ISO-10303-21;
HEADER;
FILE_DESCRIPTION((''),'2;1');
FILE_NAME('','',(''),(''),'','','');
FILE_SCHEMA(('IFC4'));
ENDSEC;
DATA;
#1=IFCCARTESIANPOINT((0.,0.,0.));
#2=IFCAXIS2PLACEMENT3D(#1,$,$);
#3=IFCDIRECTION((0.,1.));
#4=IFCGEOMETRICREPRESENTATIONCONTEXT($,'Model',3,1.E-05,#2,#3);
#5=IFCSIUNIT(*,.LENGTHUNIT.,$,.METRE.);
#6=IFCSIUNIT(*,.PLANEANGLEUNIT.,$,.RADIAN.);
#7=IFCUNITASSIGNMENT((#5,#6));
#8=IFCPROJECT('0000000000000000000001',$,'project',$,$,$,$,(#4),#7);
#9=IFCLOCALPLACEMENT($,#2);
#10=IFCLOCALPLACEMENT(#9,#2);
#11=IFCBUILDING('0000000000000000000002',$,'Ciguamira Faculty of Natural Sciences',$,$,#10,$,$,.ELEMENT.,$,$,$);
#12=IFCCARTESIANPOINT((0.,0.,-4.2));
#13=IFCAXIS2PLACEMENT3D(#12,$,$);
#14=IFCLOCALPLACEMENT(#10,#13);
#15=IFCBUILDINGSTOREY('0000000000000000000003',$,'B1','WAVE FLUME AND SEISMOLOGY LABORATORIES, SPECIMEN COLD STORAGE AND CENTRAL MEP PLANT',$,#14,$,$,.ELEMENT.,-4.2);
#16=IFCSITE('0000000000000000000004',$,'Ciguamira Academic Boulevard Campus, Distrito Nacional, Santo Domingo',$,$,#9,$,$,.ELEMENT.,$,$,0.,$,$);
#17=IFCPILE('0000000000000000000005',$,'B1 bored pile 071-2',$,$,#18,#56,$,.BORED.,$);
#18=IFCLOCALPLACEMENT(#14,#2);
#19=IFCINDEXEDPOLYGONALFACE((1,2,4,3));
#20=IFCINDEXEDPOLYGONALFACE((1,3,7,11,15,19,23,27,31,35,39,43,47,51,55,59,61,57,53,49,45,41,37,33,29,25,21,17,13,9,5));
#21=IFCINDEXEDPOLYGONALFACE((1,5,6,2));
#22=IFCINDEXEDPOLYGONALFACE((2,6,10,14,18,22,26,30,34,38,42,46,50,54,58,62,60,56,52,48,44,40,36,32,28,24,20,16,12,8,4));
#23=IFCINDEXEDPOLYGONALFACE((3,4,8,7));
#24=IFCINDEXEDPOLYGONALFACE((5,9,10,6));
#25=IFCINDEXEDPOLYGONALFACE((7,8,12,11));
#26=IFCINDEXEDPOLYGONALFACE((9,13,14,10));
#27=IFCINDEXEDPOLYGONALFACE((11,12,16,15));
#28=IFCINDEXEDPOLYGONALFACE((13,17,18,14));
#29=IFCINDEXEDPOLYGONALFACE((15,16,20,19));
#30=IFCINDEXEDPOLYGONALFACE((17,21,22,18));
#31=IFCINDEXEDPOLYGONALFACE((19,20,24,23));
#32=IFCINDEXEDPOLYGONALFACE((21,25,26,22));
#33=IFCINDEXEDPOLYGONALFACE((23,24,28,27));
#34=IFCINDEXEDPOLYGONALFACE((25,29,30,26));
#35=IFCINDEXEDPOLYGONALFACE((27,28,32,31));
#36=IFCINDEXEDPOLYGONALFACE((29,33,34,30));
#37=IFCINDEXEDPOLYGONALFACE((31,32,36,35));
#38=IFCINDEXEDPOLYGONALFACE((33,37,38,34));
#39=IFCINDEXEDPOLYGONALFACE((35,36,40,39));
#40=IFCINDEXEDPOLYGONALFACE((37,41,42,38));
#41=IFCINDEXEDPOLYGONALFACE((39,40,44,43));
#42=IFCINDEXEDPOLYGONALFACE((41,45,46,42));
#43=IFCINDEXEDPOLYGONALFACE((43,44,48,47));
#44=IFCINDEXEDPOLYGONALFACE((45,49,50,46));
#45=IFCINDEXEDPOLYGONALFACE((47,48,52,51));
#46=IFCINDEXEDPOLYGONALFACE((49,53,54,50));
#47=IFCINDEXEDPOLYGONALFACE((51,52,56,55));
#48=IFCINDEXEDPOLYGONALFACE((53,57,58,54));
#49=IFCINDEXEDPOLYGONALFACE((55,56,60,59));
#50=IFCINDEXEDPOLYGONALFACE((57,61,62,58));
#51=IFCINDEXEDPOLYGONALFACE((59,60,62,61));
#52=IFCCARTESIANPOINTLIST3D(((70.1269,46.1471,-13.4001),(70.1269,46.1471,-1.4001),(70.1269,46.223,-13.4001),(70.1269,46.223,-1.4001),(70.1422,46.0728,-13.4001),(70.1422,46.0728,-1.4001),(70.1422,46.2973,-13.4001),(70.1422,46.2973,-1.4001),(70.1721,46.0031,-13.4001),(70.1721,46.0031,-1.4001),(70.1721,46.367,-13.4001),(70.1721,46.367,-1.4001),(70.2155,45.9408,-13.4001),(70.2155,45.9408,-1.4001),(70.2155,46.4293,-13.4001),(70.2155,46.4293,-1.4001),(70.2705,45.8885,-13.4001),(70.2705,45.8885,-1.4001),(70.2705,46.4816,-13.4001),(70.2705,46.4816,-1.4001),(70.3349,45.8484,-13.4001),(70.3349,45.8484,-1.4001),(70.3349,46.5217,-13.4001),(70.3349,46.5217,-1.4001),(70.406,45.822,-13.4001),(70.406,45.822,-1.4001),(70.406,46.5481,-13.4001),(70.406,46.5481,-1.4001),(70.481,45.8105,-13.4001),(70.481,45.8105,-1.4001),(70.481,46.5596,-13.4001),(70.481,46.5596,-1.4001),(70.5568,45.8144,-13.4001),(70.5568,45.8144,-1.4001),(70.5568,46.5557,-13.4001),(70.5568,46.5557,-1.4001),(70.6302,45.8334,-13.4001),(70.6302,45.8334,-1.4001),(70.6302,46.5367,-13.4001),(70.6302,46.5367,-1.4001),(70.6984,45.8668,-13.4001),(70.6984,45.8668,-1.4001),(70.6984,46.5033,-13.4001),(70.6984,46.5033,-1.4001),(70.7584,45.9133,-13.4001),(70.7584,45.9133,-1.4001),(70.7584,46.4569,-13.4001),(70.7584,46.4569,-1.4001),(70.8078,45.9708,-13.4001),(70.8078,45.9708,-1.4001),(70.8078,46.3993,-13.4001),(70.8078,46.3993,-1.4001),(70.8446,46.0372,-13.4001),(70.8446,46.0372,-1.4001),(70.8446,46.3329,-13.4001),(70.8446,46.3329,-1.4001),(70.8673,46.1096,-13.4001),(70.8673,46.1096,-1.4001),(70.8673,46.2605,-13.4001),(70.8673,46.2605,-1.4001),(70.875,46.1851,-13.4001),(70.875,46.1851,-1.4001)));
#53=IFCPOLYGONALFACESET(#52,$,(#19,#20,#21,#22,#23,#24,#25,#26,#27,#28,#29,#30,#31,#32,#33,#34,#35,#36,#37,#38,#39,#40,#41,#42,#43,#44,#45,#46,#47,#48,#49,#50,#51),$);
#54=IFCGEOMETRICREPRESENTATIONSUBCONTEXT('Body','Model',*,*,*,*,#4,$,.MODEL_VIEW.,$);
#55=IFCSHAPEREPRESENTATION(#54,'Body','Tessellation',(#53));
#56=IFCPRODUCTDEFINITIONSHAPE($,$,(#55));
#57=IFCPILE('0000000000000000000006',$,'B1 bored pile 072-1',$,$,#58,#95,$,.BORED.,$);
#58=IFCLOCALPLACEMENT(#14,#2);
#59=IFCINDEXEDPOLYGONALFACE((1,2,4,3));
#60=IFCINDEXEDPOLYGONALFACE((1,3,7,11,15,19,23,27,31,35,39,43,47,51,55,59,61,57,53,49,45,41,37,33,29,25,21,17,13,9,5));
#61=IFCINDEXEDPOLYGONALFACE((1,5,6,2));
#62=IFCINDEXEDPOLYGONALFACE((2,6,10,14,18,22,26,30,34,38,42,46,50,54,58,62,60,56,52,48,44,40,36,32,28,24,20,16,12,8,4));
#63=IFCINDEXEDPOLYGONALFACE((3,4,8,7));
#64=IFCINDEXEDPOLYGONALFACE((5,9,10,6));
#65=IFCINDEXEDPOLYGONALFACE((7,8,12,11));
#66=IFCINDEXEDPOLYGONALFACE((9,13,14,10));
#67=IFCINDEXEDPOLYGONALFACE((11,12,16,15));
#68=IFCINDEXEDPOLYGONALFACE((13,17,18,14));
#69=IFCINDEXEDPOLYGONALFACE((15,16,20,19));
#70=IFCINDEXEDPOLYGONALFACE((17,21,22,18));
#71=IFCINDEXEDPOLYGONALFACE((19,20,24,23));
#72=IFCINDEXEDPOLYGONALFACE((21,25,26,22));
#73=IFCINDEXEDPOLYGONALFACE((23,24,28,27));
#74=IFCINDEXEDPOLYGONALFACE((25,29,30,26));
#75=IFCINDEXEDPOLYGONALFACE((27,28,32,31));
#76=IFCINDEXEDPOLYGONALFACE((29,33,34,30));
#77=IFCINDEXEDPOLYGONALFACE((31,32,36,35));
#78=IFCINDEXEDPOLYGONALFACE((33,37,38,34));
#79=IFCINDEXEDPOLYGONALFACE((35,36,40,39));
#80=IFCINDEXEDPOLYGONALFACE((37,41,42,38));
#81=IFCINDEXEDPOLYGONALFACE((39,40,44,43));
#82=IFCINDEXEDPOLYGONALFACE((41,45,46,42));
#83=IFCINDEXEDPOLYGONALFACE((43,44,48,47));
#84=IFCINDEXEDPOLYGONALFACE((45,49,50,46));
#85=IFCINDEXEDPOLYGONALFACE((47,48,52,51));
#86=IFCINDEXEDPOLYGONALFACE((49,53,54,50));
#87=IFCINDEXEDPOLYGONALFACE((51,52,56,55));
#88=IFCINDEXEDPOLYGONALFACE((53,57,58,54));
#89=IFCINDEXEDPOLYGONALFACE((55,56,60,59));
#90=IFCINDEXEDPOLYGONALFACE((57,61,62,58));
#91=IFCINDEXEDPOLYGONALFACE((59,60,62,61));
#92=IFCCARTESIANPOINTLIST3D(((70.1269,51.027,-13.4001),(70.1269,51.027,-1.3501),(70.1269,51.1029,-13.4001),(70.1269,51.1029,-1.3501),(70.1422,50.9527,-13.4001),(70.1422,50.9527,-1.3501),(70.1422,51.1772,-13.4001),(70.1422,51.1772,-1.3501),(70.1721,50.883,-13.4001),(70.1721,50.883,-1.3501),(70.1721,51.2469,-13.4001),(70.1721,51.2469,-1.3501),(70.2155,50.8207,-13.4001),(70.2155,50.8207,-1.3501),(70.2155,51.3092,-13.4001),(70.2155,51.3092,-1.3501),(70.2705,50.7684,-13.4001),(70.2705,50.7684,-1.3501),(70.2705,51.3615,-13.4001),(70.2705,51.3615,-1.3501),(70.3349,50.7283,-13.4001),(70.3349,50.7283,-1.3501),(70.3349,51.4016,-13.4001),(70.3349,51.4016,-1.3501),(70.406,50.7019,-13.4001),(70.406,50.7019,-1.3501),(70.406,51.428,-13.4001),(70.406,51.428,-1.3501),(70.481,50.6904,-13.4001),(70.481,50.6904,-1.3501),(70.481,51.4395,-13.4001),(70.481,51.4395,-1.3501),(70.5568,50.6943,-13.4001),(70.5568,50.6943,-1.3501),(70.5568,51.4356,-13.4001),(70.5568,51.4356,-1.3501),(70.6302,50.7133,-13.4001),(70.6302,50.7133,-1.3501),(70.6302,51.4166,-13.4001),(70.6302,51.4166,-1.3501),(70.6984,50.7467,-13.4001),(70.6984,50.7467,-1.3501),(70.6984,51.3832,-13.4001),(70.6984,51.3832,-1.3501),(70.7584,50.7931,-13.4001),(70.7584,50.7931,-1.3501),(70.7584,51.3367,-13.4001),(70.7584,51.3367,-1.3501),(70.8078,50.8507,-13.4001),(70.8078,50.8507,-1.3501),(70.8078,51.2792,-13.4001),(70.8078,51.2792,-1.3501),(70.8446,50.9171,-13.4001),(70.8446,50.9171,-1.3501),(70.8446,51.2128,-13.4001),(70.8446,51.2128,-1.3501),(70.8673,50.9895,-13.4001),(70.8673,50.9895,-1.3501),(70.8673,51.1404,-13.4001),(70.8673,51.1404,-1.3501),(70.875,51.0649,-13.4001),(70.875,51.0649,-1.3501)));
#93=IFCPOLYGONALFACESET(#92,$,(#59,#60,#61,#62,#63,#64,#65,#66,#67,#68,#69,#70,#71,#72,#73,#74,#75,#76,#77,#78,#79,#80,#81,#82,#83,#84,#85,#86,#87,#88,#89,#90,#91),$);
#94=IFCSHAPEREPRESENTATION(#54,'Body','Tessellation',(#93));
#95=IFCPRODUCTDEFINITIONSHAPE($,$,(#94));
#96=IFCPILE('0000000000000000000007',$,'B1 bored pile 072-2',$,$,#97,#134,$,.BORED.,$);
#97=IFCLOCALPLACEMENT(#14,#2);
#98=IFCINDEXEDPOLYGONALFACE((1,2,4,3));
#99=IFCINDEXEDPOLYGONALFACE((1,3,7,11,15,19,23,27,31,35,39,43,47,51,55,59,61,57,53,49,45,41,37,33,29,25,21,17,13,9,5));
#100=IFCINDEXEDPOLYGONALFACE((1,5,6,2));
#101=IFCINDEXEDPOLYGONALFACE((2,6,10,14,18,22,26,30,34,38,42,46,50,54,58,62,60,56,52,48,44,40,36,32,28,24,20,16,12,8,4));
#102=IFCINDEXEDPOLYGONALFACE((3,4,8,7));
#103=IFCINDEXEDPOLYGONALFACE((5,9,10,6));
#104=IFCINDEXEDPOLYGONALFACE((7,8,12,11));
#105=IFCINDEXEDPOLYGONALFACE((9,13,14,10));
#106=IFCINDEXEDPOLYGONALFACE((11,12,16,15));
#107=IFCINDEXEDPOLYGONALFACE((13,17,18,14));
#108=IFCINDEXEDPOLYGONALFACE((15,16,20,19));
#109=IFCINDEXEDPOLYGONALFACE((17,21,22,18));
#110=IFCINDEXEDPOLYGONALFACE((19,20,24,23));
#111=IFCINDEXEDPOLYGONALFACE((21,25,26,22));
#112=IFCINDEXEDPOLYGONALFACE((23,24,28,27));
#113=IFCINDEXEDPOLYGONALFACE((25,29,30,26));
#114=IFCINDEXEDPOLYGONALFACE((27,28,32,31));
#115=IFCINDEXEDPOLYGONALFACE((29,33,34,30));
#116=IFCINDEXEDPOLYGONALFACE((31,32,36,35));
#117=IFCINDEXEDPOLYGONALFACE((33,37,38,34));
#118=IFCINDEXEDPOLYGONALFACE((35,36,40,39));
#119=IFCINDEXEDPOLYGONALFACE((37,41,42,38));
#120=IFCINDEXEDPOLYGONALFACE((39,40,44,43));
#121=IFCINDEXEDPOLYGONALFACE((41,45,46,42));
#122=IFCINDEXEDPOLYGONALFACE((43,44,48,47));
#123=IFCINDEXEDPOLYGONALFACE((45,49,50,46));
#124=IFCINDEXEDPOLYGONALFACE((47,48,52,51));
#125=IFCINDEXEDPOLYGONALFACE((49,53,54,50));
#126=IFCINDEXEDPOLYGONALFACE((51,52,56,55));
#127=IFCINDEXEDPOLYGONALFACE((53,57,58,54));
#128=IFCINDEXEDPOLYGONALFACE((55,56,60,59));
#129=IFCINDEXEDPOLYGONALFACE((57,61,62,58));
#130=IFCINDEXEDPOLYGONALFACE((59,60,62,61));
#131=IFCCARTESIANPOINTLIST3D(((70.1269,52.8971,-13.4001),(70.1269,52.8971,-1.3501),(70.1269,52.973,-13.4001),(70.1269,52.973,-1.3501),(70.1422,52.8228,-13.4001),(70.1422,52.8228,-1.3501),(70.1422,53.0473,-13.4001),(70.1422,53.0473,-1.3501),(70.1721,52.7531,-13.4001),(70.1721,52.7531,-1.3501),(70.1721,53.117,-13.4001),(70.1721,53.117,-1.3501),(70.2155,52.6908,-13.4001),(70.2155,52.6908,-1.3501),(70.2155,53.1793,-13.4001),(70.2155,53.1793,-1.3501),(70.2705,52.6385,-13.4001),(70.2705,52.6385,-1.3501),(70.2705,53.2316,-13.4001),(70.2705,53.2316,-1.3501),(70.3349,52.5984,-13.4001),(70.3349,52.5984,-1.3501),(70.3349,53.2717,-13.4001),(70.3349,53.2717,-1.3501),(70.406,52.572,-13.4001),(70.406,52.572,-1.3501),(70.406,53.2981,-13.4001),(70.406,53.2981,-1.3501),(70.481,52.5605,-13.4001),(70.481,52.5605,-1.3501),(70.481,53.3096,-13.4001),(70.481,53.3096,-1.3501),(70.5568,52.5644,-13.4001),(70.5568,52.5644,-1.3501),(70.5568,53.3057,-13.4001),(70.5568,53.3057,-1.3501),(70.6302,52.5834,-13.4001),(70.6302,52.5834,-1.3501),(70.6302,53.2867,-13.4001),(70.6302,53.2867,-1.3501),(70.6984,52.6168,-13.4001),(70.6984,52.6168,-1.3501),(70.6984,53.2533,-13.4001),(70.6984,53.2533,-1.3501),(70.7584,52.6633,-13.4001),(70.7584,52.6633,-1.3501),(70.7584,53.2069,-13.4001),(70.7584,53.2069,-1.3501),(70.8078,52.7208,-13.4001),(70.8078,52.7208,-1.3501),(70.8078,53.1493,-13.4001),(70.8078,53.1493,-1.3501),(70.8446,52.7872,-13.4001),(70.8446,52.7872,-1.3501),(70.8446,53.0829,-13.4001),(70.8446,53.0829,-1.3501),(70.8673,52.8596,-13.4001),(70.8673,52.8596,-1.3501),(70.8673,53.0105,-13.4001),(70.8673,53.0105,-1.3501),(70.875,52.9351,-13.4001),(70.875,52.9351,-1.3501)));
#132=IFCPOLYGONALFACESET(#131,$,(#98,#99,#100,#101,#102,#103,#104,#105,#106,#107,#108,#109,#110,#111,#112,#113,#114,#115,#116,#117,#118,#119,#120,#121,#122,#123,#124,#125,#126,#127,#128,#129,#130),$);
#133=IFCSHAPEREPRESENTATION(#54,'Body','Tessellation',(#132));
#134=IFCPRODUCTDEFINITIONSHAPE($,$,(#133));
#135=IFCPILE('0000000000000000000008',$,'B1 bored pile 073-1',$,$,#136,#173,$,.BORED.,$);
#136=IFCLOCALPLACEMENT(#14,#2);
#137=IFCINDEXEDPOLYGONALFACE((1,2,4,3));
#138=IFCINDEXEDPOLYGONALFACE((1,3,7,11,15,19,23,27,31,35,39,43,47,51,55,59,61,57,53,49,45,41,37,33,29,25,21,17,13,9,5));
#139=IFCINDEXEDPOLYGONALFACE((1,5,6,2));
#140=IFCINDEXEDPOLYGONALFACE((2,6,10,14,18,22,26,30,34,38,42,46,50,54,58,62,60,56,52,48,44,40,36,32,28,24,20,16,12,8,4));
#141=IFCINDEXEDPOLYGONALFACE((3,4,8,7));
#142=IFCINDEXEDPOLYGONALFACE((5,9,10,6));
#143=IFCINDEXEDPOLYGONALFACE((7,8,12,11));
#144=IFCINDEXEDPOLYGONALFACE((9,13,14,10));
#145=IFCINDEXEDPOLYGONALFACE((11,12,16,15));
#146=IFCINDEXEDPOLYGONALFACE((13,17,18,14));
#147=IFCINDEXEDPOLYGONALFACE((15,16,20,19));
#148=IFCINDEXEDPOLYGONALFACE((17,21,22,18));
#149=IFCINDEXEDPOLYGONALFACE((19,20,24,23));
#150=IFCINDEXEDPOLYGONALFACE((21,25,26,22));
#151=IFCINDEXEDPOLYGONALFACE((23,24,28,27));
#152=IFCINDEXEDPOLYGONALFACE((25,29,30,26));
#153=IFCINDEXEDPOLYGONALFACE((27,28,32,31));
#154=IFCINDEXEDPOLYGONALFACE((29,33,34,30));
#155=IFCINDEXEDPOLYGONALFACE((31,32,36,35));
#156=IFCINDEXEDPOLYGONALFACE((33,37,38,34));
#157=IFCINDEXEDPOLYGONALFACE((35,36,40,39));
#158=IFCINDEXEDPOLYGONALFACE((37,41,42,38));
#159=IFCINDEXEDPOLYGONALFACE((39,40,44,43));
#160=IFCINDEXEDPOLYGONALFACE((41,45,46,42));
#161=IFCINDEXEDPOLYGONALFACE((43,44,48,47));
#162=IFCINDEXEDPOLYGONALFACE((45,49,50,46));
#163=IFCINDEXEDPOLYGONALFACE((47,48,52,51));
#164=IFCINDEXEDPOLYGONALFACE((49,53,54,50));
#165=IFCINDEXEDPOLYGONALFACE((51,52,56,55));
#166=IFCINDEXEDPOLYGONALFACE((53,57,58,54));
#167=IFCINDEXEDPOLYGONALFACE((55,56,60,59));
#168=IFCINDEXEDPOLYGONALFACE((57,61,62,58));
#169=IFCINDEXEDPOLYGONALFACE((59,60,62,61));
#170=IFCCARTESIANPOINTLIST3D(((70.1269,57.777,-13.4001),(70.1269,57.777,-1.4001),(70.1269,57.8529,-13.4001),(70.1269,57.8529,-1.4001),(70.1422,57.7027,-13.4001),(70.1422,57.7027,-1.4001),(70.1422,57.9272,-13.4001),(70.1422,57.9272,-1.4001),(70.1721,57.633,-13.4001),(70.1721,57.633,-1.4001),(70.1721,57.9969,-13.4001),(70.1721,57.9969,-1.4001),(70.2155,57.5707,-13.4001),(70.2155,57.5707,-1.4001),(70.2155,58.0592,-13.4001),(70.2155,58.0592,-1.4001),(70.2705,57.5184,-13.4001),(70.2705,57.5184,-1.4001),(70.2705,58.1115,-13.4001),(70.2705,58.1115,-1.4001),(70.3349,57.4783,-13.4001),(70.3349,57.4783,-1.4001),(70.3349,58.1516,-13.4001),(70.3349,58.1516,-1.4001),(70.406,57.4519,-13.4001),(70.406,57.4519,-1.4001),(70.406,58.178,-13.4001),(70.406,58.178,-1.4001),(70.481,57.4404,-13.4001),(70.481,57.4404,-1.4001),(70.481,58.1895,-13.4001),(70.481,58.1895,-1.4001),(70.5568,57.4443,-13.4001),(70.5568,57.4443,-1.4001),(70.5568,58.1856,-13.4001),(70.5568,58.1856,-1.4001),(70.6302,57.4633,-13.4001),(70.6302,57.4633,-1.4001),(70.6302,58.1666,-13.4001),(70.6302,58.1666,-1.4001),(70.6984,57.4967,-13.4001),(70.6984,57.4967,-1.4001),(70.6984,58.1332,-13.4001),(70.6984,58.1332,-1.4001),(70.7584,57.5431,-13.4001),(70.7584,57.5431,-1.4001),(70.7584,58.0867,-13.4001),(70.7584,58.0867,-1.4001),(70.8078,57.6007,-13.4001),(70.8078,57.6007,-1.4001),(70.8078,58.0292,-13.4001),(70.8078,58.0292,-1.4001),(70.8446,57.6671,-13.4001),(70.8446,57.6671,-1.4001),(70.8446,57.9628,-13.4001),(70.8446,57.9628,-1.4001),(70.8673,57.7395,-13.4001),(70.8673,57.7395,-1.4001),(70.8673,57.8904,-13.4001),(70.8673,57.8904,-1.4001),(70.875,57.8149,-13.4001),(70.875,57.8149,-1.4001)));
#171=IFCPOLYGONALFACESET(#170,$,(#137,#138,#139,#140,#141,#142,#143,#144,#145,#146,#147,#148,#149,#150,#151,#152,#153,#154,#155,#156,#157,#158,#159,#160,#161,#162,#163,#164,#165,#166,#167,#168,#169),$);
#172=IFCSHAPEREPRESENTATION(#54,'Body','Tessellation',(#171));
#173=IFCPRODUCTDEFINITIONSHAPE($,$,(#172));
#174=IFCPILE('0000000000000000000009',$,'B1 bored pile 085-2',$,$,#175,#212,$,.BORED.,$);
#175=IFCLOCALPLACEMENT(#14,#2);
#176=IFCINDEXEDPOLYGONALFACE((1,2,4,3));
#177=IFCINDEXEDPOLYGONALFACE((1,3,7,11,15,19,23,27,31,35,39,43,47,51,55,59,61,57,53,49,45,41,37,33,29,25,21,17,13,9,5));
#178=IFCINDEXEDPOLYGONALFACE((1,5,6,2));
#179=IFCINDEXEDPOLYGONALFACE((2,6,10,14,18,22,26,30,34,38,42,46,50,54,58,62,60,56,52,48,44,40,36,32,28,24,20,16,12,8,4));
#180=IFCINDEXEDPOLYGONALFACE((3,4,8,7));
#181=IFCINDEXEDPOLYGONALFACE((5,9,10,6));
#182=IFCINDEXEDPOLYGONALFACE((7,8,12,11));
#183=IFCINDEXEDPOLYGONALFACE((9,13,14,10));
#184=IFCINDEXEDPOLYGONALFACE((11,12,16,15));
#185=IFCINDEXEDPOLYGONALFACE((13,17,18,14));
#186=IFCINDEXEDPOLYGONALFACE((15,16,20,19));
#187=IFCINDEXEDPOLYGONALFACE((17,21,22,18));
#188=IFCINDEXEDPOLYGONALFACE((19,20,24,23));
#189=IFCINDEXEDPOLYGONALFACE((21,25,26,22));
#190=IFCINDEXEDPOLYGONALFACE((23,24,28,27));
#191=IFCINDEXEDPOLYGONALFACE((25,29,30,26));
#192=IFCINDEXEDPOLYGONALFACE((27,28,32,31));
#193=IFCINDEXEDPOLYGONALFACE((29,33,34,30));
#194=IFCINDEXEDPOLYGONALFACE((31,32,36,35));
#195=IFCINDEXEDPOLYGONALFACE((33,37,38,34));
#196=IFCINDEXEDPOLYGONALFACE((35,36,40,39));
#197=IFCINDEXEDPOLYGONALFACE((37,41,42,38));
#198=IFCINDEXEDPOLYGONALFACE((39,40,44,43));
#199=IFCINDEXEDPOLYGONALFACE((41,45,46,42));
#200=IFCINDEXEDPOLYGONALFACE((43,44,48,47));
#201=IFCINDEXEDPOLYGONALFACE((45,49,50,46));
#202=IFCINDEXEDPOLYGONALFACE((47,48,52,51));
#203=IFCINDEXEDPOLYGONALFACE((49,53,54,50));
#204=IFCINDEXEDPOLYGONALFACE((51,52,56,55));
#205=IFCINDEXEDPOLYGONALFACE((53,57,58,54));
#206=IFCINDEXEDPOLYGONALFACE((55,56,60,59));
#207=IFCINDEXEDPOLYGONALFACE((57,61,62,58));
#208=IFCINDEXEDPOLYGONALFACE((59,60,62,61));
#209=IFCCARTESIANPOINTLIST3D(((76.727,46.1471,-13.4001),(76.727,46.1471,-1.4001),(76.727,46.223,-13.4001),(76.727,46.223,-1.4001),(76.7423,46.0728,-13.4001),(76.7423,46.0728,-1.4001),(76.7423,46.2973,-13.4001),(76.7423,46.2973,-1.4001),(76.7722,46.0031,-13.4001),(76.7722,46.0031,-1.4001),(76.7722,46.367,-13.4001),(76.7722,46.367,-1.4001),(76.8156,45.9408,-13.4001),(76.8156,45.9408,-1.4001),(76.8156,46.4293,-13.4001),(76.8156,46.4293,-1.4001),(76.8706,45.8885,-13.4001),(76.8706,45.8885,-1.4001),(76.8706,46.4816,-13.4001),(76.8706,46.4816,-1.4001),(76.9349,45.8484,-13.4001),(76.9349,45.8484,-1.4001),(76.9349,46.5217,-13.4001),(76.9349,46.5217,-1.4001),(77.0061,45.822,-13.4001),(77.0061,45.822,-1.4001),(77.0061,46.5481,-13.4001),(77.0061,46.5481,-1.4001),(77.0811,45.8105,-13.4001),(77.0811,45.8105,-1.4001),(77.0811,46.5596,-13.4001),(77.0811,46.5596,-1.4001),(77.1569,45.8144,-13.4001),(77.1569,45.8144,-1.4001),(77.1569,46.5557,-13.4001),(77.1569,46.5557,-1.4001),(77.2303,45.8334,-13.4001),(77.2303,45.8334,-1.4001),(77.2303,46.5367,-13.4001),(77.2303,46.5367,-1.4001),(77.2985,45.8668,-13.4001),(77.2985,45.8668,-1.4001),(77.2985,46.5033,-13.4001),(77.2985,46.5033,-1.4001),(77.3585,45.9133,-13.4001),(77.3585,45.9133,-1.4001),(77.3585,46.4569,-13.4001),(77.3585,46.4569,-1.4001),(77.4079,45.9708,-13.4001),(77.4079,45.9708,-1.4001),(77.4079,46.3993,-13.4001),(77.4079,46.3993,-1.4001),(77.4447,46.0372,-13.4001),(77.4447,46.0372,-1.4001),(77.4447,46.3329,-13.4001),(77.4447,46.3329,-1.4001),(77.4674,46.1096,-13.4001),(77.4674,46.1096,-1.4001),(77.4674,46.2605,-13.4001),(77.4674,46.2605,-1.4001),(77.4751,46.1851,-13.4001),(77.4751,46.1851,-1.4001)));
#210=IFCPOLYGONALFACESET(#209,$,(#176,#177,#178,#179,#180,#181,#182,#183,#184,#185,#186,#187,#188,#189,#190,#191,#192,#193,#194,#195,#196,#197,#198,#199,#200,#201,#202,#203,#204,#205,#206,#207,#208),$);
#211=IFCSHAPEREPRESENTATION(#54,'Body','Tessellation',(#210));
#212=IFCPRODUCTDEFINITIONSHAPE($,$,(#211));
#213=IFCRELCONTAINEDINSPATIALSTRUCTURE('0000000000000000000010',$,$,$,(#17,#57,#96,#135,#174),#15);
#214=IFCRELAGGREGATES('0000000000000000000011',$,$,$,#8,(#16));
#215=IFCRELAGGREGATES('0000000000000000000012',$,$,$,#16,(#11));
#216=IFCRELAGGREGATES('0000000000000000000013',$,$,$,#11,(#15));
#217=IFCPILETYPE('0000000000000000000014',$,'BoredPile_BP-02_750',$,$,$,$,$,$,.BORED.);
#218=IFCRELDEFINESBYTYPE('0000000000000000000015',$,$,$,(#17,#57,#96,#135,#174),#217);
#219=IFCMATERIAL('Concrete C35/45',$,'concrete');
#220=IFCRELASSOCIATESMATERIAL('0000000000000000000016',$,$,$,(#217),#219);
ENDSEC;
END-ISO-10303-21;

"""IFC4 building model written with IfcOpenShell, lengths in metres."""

from ifc_helpers import new_model, si_unit, direction, frame, origin, origin_2d, place, context, subcontext, project, spatial, circle, extrude, material, material_profile, profile_set, type_object, element, save


model = new_model("IFC4")

# Units and contexts
model_context = context("Model", 3, precision=1e-05, world=origin(), true_north=direction((0.0, 1.0)))
body_context = subcontext(model_context, "Body", "Model", "MODEL_VIEW")
ifc_project = project(units=[si_unit("LENGTHUNIT", "METRE"), si_unit("PLANEANGLEUNIT", "RADIAN")], contexts=[model_context])

# Site, building, storey
site_placement = place(None, origin())
site = spatial("IfcSite", under=ifc_project, at=site_placement, Name="Ciguamira Academic Boulevard Campus, Distrito Nacional, Santo Domingo", CompositionType="ELEMENT", RefElevation=0.0)
building_placement = place(site_placement, origin())
building = spatial("IfcBuilding", under=site, at=building_placement, Name="Ciguamira Faculty of Natural Sciences", CompositionType="ELEMENT")
storey_placement = place(building_placement, frame((0.0, 0.0, -4.2)))
storey = spatial("IfcBuildingStorey", under=building, at=storey_placement, Name="B1", Description="WAVE FLUME AND SEISMOLOGY LABORATORIES, SPECIMEN COLD STORAGE AND CENTRAL MEP PLANT", CompositionType="ELEMENT", Elevation=-4.2)

# Piles
ifc_material_1 = material(Name="Concrete C35/45", Category="concrete")
ifc_material_profile_1 = material_profile(ifc_material_1, circle(Radius=0.375, at=origin_2d()), Name="PILE-BORED-750")
ifc_profile_set_1 = profile_set([ifc_material_profile_1], Name="Concrete C35/45")
pile_type = type_object("IfcPileType", Name="BoredPile_BP-02_750", PredefinedType="BORED", material=ifc_profile_set_1)
pile_placement = place(storey_placement, frame((70.5, 46.1851, -1.4001), z_axis=(0.0, 0.0, -1.0), x_axis=(1.0, 0.0, 0.0)))
element("IfcPile", 1, at=pile_placement, inside=storey, type_object=pile_type, Name="B1 bored pile 071-2", PredefinedType="BORED", context=body_context, shape_type="SweptSolid", body=[
    extrude(circle(Radius=0.375, at=origin_2d()), origin(), (0.0, 0.0, 1.0), 12.0),
])
for number, where, z_axis, x_axis, name in (
    (2, (70.5, 51.0649, -1.3501), (0.0, 0.0, -1.0), (1.0, 0.0, 0.0), "B1 bored pile 072-1"),
    (3, (70.5, 52.9351, -1.3501), (0.0, 0.0, -1.0), (1.0, 0.0, 0.0), "B1 bored pile 072-2"),
):
    element("IfcPile", number, at=place(storey_placement, frame(where, z_axis=z_axis, x_axis=x_axis)), inside=storey, type_object=pile_type, Name=name, PredefinedType="BORED", context=body_context, shape_type="SweptSolid", body=[
        extrude(circle(Radius=0.375, at=origin_2d()), origin(), (0.0, 0.0, 1.0), 12.05),
    ])
for number, where, z_axis, x_axis, name in (
    (4, (70.5, 57.8149, -1.4001), (0.0, 0.0, -1.0), (1.0, 0.0, 0.0), "B1 bored pile 073-1"),
    (5, (77.1001, 46.1851, -1.4001), (0.0, 0.0, -1.0), (1.0, 0.0, 0.0), "B1 bored pile 085-2"),
):
    element("IfcPile", number, at=place(storey_placement, frame(where, z_axis=z_axis, x_axis=x_axis)), inside=storey, type_object=pile_type, Name=name, PredefinedType="BORED", context=body_context, shape_type="SweptSolid", body=[
        extrude(circle(Radius=0.375, at=origin_2d()), origin(), (0.0, 0.0, 1.0), 12.0),
    ])

save(model, "model.ifc")
